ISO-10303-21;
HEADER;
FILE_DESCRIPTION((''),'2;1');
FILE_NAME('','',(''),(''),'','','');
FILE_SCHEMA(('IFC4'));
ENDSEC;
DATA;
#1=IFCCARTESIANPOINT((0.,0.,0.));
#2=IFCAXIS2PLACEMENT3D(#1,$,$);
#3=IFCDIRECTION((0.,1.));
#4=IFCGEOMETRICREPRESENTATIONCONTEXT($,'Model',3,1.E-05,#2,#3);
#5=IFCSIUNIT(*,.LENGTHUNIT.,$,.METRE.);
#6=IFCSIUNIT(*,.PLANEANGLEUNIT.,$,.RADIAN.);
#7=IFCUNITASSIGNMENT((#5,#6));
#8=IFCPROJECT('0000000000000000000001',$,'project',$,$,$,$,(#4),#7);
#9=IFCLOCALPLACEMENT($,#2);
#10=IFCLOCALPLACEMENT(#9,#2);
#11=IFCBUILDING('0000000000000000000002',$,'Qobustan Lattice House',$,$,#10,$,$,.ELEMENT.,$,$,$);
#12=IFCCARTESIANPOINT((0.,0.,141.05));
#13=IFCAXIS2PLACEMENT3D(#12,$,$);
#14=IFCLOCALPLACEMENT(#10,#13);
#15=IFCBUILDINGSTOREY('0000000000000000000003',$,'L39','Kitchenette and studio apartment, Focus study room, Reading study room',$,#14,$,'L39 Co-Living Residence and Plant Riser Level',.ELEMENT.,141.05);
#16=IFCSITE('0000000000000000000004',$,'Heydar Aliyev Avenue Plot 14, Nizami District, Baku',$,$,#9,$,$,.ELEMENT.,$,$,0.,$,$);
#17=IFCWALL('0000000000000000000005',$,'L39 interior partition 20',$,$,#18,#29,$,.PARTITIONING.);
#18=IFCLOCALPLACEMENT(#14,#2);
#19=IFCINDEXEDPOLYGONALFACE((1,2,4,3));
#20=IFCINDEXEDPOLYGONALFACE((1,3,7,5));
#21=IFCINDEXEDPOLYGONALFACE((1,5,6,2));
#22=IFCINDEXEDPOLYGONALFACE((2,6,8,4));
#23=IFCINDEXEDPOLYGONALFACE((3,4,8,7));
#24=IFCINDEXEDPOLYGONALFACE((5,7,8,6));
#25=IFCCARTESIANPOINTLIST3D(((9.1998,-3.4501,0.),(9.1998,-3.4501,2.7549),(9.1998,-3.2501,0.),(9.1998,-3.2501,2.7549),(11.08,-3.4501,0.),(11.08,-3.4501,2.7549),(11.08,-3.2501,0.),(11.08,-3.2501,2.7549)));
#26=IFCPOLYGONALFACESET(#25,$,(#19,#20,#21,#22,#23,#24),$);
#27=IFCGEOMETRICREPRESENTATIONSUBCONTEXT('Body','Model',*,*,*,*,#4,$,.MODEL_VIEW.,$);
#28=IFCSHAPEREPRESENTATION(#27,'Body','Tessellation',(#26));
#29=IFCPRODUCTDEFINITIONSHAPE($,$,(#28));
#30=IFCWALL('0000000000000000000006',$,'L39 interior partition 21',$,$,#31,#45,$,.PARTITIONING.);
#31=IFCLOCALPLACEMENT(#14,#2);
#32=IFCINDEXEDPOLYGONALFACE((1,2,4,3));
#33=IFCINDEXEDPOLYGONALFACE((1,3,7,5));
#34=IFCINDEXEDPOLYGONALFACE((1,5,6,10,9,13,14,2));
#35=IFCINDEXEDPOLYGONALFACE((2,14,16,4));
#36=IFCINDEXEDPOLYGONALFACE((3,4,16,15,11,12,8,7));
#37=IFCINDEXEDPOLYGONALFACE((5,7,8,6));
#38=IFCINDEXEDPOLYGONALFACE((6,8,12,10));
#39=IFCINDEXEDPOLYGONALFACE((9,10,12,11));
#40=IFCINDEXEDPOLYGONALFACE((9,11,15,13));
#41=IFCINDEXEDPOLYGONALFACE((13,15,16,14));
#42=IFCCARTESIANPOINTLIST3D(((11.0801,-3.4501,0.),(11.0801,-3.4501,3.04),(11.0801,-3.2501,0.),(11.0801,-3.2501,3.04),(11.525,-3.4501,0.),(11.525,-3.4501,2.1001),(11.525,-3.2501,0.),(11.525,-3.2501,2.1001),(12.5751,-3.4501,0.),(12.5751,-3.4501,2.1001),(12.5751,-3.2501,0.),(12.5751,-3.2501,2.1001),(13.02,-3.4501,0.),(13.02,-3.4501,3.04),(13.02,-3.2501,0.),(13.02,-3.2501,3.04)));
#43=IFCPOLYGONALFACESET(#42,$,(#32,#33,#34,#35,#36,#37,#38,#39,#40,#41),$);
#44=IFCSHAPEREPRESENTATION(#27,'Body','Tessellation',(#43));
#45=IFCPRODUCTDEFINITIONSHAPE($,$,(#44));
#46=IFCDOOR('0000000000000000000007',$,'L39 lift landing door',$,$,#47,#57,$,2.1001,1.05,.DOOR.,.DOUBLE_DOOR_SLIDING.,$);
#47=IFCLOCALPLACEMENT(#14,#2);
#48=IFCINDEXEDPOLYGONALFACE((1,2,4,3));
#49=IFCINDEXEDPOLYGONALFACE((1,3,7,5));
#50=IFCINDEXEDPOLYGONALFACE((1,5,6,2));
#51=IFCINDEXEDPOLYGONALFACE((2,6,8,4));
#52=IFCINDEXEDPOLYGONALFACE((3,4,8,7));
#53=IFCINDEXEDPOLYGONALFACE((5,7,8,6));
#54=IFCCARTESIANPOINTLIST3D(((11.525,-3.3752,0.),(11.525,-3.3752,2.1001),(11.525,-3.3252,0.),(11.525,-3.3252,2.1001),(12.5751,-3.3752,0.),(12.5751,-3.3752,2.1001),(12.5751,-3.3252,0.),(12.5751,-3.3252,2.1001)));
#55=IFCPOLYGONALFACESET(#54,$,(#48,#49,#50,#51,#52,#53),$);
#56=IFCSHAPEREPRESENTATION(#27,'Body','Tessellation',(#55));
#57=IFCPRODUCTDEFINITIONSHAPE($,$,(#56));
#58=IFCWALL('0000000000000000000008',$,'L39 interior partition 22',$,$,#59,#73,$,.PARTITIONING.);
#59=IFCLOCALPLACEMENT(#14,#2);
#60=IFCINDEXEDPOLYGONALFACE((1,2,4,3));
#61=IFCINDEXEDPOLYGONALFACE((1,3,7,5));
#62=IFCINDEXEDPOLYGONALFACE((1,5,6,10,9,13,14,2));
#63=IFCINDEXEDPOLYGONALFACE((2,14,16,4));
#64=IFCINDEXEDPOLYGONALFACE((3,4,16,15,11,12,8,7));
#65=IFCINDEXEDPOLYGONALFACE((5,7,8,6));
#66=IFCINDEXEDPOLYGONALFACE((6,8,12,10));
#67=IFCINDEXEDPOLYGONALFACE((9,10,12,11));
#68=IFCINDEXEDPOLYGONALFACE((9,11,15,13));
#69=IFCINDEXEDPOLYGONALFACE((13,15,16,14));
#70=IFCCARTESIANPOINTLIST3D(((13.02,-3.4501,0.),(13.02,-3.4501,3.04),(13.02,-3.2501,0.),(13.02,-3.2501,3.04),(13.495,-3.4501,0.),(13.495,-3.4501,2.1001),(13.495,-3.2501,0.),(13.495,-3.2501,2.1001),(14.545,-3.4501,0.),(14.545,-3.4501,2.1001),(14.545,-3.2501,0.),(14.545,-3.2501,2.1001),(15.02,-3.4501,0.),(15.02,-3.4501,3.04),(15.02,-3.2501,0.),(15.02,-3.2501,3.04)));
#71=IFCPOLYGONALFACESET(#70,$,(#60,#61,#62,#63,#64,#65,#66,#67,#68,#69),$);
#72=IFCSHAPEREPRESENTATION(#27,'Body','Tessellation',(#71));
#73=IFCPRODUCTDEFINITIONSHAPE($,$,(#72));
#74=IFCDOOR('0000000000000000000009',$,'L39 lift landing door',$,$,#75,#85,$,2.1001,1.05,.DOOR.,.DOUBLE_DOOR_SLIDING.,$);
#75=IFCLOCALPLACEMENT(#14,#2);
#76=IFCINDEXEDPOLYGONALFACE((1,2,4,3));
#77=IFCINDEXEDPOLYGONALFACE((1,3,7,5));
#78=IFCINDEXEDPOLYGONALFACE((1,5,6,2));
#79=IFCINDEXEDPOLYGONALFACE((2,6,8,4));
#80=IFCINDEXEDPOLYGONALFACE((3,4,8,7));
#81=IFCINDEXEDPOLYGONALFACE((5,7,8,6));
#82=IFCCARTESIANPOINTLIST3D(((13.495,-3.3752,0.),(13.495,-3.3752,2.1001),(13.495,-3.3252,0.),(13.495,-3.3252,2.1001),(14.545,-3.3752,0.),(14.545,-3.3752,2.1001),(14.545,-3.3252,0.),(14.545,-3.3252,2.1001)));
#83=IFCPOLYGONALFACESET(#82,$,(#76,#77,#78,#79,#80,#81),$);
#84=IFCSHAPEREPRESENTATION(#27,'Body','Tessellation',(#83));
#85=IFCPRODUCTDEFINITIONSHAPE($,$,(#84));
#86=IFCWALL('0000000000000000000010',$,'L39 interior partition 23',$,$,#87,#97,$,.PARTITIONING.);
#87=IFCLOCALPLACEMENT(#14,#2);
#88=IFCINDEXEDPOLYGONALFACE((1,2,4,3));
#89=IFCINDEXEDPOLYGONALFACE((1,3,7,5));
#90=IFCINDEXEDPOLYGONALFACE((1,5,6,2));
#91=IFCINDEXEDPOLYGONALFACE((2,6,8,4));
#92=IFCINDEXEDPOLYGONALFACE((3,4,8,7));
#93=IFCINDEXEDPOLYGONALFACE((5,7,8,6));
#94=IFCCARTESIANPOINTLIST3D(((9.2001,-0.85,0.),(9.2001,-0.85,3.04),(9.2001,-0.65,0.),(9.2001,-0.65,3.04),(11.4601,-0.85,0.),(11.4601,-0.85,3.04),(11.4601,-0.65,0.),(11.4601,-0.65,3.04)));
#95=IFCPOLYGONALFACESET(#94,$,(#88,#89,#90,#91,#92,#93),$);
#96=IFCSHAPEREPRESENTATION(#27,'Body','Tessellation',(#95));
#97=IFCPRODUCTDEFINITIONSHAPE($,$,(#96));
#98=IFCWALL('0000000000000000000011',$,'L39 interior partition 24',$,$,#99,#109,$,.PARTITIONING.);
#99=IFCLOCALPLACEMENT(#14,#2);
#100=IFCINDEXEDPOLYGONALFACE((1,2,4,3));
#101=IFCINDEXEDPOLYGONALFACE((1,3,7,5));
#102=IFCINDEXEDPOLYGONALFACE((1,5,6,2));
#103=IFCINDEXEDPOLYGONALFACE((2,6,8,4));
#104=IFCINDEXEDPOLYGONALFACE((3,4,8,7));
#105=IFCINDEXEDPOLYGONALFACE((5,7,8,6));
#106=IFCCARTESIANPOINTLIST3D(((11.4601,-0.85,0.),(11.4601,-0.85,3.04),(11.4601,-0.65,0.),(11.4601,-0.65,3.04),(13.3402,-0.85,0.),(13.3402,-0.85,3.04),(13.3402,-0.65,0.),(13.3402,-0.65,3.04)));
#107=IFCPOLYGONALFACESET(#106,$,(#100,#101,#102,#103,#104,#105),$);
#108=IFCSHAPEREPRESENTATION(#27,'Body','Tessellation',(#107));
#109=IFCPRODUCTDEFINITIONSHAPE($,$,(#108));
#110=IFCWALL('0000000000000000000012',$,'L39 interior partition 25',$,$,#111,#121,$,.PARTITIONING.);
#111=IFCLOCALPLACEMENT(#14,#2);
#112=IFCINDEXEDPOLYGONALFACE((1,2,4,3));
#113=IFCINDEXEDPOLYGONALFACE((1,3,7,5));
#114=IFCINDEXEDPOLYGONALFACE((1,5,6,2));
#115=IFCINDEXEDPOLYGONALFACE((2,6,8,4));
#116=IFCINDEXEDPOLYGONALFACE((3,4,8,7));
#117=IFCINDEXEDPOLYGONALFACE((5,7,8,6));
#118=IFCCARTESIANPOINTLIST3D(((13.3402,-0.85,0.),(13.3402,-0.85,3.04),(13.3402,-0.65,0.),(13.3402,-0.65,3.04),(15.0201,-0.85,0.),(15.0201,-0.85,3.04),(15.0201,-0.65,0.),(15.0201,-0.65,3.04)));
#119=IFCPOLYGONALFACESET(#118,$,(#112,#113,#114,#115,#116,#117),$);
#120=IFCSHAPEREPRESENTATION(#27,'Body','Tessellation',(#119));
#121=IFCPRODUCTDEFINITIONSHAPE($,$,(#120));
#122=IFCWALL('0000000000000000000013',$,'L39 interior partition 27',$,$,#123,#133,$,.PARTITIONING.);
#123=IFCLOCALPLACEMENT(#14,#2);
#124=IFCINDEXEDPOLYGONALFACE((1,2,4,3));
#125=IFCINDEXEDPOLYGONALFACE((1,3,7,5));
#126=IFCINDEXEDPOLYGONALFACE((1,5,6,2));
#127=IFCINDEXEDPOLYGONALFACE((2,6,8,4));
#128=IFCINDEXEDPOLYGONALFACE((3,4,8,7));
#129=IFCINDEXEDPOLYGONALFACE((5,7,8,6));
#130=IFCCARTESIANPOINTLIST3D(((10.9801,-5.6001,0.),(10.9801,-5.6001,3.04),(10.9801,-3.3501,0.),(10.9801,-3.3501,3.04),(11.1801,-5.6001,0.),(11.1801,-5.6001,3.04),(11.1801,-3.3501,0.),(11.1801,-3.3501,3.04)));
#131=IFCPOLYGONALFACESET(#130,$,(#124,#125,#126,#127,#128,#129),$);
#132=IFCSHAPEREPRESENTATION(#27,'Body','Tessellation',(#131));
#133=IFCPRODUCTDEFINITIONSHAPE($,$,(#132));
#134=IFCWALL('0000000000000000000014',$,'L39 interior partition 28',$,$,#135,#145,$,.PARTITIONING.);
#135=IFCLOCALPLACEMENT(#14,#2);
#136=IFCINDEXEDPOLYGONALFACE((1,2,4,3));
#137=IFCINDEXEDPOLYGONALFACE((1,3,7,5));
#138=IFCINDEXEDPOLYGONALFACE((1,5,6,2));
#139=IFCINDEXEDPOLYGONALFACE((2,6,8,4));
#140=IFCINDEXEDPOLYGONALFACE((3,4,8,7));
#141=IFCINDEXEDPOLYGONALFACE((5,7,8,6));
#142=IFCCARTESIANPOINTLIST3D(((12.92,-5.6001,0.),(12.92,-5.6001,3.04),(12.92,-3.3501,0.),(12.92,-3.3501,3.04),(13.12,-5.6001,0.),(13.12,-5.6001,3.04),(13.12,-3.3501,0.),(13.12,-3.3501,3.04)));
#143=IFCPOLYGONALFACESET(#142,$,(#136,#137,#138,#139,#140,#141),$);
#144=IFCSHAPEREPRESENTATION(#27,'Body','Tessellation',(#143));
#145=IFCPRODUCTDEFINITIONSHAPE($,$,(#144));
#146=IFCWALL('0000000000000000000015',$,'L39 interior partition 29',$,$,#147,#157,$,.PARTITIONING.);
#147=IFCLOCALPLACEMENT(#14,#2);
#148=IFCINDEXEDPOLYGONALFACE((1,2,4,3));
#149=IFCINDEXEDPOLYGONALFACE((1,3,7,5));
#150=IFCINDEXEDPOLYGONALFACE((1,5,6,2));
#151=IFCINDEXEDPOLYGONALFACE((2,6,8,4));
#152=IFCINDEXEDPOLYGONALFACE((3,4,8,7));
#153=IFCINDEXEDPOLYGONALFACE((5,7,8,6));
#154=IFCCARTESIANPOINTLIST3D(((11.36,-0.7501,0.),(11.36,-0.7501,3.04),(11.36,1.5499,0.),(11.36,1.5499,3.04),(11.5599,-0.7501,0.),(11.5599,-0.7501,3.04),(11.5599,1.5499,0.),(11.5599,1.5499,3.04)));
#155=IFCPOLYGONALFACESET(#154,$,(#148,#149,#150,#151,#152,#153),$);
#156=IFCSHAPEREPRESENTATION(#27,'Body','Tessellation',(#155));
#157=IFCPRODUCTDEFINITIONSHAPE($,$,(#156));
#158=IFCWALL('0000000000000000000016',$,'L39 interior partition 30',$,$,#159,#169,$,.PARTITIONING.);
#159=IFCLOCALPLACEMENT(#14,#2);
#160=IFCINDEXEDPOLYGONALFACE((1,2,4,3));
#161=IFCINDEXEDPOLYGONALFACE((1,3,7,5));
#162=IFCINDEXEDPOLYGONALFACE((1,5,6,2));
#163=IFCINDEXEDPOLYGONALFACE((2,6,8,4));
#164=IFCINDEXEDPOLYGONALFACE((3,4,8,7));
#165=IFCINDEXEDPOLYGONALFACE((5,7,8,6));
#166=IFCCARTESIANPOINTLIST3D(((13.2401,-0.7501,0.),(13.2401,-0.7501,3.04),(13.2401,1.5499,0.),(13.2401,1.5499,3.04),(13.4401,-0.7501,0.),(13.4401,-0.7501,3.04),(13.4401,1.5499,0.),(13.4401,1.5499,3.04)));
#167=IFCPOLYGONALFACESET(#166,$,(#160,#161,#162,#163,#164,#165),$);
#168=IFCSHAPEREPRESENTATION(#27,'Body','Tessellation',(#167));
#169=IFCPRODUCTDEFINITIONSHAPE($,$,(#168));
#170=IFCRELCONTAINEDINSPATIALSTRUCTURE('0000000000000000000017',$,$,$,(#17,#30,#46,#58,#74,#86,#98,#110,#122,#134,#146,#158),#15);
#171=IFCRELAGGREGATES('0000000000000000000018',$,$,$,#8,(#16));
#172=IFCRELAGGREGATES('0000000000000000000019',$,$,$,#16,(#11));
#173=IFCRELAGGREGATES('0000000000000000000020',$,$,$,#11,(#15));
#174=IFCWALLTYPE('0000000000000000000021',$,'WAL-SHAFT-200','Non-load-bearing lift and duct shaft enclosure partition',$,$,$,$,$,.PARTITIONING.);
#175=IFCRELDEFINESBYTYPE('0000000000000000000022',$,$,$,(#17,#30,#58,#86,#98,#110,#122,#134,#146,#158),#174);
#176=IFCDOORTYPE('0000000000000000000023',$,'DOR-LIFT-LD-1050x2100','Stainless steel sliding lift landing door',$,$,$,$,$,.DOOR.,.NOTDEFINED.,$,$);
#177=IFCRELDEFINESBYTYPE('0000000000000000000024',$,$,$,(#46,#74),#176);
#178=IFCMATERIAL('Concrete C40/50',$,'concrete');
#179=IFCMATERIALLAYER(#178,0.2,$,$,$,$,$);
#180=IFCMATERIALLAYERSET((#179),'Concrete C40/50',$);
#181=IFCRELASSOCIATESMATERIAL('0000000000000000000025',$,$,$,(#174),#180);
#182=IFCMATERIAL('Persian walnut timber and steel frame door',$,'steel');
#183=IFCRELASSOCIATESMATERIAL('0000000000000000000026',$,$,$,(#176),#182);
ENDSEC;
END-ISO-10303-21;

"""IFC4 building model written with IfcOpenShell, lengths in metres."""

from ifc_helpers import new_model, si_unit, direction, frame, frame_2d, origin, place, context, subcontext, project, spatial, rectangle, extrude, material, layer, layer_set, type_object, element, fill, save


model = new_model("IFC4")

# Units and contexts
model_context = context("Model", 3, precision=1e-05, world=origin(), true_north=direction((0.0, 1.0)))
body_context = subcontext(model_context, "Body", "Model", "MODEL_VIEW")
ifc_project = project(units=[si_unit("LENGTHUNIT", "METRE"), si_unit("PLANEANGLEUNIT", "RADIAN")], contexts=[model_context])

# Site, building, storey
site_placement = place(None, origin())
site = spatial("IfcSite", under=ifc_project, at=site_placement, Name="Heydar Aliyev Avenue Plot 14, Nizami District, Baku", CompositionType="ELEMENT", RefElevation=0.0)
building_placement = place(site_placement, origin())
building = spatial("IfcBuilding", under=site, at=building_placement, Name="Qobustan Lattice House", CompositionType="ELEMENT")
storey_placement = place(building_placement, frame((0.0, 0.0, 141.05)))
storey = spatial("IfcBuildingStorey", under=building, at=storey_placement, Name="L39", Description="Kitchenette and studio apartment, Focus study room, Reading study room", LongName="L39 Co-Living Residence and Plant Riser Level", CompositionType="ELEMENT", Elevation=141.05)

# Wall
ifc_material_1 = material(Name="Concrete C40/50", Category="concrete")
ifc_layer_1 = layer(ifc_material_1, 0.2)
ifc_layer_set_1 = layer_set([ifc_layer_1], Name="Concrete C40/50")
wall_type_1 = type_object("IfcWallType", Name="WAL-SHAFT-200", Description="Non-load-bearing lift and duct shaft enclosure partition", PredefinedType="PARTITIONING", material=ifc_layer_set_1)
wall_1_placement = place(storey_placement, frame((9.2, -3.3501, 0.0), z_axis=(0.0, 0.0, 1.0), x_axis=(1.0, 0.0, 0.0)))
element("IfcWall", 1, at=wall_1_placement, inside=storey, type_object=wall_type_1, Name="L39 interior partition 20", PredefinedType="PARTITIONING", context=body_context, shape_type="SweptSolid", body=[
    extrude(rectangle(XDim=1.8801, YDim=0.2, at=frame_2d((0.9399, 0.0))), origin(), (0.0, 0.0, 1.0), 2.7549),
])

# Walls, openings, doors
wall_2_placement = place(storey_placement, frame((11.0801, -3.3501, 0.0), z_axis=(0.0, 0.0, 1.0), x_axis=(1.0, 0.0, 0.0)))
wall_2 = element("IfcWall", 2, at=wall_2_placement, inside=storey, type_object=wall_type_1, Name="L39 interior partition 21", PredefinedType="PARTITIONING", context=body_context, shape_type="SweptSolid", body=[
    extrude(rectangle(XDim=1.9399, YDim=0.2, at=frame_2d((0.97, 0.0))), origin(), (0.0, 0.0, 1.0), 3.04),
])
opening_1_placement = place(wall_2_placement, frame((0.4451, 0.0, 0.0)))
opening_1 = element("IfcOpeningElement", 3, at=opening_1_placement, cuts=wall_2, PredefinedType="OPENING", context=body_context, shape_type="SweptSolid", body=[
    extrude(rectangle(XDim=1.05, YDim=2.1001, at=frame_2d((0.5249, 1.05))), frame((0.0, 0.1099, 0.0), z_axis=(0.0, -1.0, 0.0), x_axis=(1.0, 0.0, 0.0)), (0.0, 0.0, 1.0), 0.22),
])
ifc_material_2 = material(Name="Persian walnut timber and steel frame door", Category="steel")
door_type_1 = type_object("IfcDoorType", Name="DOR-LIFT-LD-1050x2100", Description="Stainless steel sliding lift landing door", OperationType="NOTDEFINED", PredefinedType="DOOR", material=ifc_material_2)
door_1_placement = place(opening_1_placement, origin())
door_1 = element("IfcDoor", 4, at=door_1_placement, inside=storey, type_object=door_type_1, Name="L39 lift landing door", OperationType="DOUBLE_DOOR_SLIDING", OverallHeight=2.1001, OverallWidth=1.05, PredefinedType="DOOR", context=body_context, shape_type="SweptSolid", body=[
    extrude(rectangle(XDim=1.05, YDim=2.1001, at=frame_2d((0.5249, 1.05))), frame((0.0, 0.0249, 0.0), z_axis=(0.0, -1.0, 0.0), x_axis=(1.0, 0.0, 0.0)), (0.0, 0.0, 1.0), 0.05),
])
fill(opening_1, door_1)
wall_3_placement = place(storey_placement, frame((13.02, -3.3501, 0.0), z_axis=(0.0, 0.0, 1.0), x_axis=(1.0, 0.0, 0.0)))
wall_3 = element("IfcWall", 5, at=wall_3_placement, inside=storey, type_object=wall_type_1, Name="L39 interior partition 22", PredefinedType="PARTITIONING", context=body_context, shape_type="SweptSolid", body=[
    extrude(rectangle(XDim=2.0, YDim=0.2, at=frame_2d((1.0, 0.0))), origin(), (0.0, 0.0, 1.0), 3.04),
])
opening_2_placement = place(wall_3_placement, frame((0.4751, 0.0, 0.0)))
opening_2 = element("IfcOpeningElement", 6, at=opening_2_placement, cuts=wall_3, PredefinedType="OPENING", context=body_context, shape_type="SweptSolid", body=[
    extrude(rectangle(XDim=1.05, YDim=2.1001, at=frame_2d((0.5249, 1.05))), frame((0.0, 0.1099, 0.0), z_axis=(0.0, -1.0, 0.0), x_axis=(1.0, 0.0, 0.0)), (0.0, 0.0, 1.0), 0.22),
])
door_2_placement = place(opening_2_placement, origin())
door_2 = element("IfcDoor", 7, at=door_2_placement, inside=storey, type_object=door_type_1, Name="L39 lift landing door", OperationType="DOUBLE_DOOR_SLIDING", OverallHeight=2.1001, OverallWidth=1.05, PredefinedType="DOOR", context=body_context, shape_type="SweptSolid", body=[
    extrude(rectangle(XDim=1.05, YDim=2.1001, at=frame_2d((0.5249, 1.05))), frame((0.0, 0.0249, 0.0), z_axis=(0.0, -1.0, 0.0), x_axis=(1.0, 0.0, 0.0)), (0.0, 0.0, 1.0), 0.05),
])
fill(opening_2, door_2)

# Walls
wall_4_placement = place(storey_placement, frame((11.46, -0.75, 0.0), z_axis=(0.0, 0.0, 1.0), x_axis=(-1.0, 0.0, 0.0)))
element("IfcWall", 8, at=wall_4_placement, inside=storey, type_object=wall_type_1, Name="L39 interior partition 23", PredefinedType="PARTITIONING", context=body_context, shape_type="SweptSolid", body=[
    extrude(rectangle(XDim=2.26, YDim=0.2, at=frame_2d((1.1299, 0.0))), origin(), (0.0, 0.0, 1.0), 3.04),
])
wall_5_placement = place(storey_placement, frame((13.3401, -0.75, 0.0), z_axis=(0.0, 0.0, 1.0), x_axis=(-1.0, 0.0, 0.0)))
element("IfcWall", 9, at=wall_5_placement, inside=storey, type_object=wall_type_1, Name="L39 interior partition 24", PredefinedType="PARTITIONING", context=body_context, shape_type="SweptSolid", body=[
    extrude(rectangle(XDim=1.8801, YDim=0.2, at=frame_2d((0.9399, 0.0))), origin(), (0.0, 0.0, 1.0), 3.04),
])
wall_6_placement = place(storey_placement, frame((15.02, -0.75, 0.0), z_axis=(0.0, 0.0, 1.0), x_axis=(-1.0, 0.0, 0.0)))
element("IfcWall", 10, at=wall_6_placement, inside=storey, type_object=wall_type_1, Name="L39 interior partition 25", PredefinedType="PARTITIONING", context=body_context, shape_type="SweptSolid", body=[
    extrude(rectangle(XDim=1.6799, YDim=0.2, at=frame_2d((0.8398, 0.0))), origin(), (0.0, 0.0, 1.0), 3.04),
])
for number, where, z_axis, x_axis, name in (
    (11, (11.0801, -5.6001, 0.0), (0.0, 0.0, 1.0), (0.0, 1.0, 0.0), "L39 interior partition 27"),
    (12, (13.02, -5.6001, 0.0), (0.0, 0.0, 1.0), (0.0, 1.0, 0.0), "L39 interior partition 28"),
):
    element("IfcWall", number, at=place(storey_placement, frame(where, z_axis=z_axis, x_axis=x_axis)), inside=storey, type_object=wall_type_1, Name=name, PredefinedType="PARTITIONING", context=body_context, shape_type="SweptSolid", body=[
        extrude(rectangle(XDim=2.25, YDim=0.2, at=frame_2d((1.125, 0.0))), origin(), (0.0, 0.0, 1.0), 3.04),
    ])
for number, where, z_axis, x_axis, name in (
    (13, (11.46, -0.75, 0.0), (0.0, 0.0, 1.0), (0.0, 1.0, 0.0), "L39 interior partition 29"),
    (14, (13.3401, -0.75, 0.0), (0.0, 0.0, 1.0), (0.0, 1.0, 0.0), "L39 interior partition 30"),
):
    element("IfcWall", number, at=place(storey_placement, frame(where, z_axis=z_axis, x_axis=x_axis)), inside=storey, type_object=wall_type_1, Name=name, PredefinedType="PARTITIONING", context=body_context, shape_type="SweptSolid", body=[
        extrude(rectangle(XDim=2.3, YDim=0.2, at=frame_2d((1.1499, 0.0))), origin(), (0.0, 0.0, 1.0), 3.04),
    ])

save(model, "model.ifc")
